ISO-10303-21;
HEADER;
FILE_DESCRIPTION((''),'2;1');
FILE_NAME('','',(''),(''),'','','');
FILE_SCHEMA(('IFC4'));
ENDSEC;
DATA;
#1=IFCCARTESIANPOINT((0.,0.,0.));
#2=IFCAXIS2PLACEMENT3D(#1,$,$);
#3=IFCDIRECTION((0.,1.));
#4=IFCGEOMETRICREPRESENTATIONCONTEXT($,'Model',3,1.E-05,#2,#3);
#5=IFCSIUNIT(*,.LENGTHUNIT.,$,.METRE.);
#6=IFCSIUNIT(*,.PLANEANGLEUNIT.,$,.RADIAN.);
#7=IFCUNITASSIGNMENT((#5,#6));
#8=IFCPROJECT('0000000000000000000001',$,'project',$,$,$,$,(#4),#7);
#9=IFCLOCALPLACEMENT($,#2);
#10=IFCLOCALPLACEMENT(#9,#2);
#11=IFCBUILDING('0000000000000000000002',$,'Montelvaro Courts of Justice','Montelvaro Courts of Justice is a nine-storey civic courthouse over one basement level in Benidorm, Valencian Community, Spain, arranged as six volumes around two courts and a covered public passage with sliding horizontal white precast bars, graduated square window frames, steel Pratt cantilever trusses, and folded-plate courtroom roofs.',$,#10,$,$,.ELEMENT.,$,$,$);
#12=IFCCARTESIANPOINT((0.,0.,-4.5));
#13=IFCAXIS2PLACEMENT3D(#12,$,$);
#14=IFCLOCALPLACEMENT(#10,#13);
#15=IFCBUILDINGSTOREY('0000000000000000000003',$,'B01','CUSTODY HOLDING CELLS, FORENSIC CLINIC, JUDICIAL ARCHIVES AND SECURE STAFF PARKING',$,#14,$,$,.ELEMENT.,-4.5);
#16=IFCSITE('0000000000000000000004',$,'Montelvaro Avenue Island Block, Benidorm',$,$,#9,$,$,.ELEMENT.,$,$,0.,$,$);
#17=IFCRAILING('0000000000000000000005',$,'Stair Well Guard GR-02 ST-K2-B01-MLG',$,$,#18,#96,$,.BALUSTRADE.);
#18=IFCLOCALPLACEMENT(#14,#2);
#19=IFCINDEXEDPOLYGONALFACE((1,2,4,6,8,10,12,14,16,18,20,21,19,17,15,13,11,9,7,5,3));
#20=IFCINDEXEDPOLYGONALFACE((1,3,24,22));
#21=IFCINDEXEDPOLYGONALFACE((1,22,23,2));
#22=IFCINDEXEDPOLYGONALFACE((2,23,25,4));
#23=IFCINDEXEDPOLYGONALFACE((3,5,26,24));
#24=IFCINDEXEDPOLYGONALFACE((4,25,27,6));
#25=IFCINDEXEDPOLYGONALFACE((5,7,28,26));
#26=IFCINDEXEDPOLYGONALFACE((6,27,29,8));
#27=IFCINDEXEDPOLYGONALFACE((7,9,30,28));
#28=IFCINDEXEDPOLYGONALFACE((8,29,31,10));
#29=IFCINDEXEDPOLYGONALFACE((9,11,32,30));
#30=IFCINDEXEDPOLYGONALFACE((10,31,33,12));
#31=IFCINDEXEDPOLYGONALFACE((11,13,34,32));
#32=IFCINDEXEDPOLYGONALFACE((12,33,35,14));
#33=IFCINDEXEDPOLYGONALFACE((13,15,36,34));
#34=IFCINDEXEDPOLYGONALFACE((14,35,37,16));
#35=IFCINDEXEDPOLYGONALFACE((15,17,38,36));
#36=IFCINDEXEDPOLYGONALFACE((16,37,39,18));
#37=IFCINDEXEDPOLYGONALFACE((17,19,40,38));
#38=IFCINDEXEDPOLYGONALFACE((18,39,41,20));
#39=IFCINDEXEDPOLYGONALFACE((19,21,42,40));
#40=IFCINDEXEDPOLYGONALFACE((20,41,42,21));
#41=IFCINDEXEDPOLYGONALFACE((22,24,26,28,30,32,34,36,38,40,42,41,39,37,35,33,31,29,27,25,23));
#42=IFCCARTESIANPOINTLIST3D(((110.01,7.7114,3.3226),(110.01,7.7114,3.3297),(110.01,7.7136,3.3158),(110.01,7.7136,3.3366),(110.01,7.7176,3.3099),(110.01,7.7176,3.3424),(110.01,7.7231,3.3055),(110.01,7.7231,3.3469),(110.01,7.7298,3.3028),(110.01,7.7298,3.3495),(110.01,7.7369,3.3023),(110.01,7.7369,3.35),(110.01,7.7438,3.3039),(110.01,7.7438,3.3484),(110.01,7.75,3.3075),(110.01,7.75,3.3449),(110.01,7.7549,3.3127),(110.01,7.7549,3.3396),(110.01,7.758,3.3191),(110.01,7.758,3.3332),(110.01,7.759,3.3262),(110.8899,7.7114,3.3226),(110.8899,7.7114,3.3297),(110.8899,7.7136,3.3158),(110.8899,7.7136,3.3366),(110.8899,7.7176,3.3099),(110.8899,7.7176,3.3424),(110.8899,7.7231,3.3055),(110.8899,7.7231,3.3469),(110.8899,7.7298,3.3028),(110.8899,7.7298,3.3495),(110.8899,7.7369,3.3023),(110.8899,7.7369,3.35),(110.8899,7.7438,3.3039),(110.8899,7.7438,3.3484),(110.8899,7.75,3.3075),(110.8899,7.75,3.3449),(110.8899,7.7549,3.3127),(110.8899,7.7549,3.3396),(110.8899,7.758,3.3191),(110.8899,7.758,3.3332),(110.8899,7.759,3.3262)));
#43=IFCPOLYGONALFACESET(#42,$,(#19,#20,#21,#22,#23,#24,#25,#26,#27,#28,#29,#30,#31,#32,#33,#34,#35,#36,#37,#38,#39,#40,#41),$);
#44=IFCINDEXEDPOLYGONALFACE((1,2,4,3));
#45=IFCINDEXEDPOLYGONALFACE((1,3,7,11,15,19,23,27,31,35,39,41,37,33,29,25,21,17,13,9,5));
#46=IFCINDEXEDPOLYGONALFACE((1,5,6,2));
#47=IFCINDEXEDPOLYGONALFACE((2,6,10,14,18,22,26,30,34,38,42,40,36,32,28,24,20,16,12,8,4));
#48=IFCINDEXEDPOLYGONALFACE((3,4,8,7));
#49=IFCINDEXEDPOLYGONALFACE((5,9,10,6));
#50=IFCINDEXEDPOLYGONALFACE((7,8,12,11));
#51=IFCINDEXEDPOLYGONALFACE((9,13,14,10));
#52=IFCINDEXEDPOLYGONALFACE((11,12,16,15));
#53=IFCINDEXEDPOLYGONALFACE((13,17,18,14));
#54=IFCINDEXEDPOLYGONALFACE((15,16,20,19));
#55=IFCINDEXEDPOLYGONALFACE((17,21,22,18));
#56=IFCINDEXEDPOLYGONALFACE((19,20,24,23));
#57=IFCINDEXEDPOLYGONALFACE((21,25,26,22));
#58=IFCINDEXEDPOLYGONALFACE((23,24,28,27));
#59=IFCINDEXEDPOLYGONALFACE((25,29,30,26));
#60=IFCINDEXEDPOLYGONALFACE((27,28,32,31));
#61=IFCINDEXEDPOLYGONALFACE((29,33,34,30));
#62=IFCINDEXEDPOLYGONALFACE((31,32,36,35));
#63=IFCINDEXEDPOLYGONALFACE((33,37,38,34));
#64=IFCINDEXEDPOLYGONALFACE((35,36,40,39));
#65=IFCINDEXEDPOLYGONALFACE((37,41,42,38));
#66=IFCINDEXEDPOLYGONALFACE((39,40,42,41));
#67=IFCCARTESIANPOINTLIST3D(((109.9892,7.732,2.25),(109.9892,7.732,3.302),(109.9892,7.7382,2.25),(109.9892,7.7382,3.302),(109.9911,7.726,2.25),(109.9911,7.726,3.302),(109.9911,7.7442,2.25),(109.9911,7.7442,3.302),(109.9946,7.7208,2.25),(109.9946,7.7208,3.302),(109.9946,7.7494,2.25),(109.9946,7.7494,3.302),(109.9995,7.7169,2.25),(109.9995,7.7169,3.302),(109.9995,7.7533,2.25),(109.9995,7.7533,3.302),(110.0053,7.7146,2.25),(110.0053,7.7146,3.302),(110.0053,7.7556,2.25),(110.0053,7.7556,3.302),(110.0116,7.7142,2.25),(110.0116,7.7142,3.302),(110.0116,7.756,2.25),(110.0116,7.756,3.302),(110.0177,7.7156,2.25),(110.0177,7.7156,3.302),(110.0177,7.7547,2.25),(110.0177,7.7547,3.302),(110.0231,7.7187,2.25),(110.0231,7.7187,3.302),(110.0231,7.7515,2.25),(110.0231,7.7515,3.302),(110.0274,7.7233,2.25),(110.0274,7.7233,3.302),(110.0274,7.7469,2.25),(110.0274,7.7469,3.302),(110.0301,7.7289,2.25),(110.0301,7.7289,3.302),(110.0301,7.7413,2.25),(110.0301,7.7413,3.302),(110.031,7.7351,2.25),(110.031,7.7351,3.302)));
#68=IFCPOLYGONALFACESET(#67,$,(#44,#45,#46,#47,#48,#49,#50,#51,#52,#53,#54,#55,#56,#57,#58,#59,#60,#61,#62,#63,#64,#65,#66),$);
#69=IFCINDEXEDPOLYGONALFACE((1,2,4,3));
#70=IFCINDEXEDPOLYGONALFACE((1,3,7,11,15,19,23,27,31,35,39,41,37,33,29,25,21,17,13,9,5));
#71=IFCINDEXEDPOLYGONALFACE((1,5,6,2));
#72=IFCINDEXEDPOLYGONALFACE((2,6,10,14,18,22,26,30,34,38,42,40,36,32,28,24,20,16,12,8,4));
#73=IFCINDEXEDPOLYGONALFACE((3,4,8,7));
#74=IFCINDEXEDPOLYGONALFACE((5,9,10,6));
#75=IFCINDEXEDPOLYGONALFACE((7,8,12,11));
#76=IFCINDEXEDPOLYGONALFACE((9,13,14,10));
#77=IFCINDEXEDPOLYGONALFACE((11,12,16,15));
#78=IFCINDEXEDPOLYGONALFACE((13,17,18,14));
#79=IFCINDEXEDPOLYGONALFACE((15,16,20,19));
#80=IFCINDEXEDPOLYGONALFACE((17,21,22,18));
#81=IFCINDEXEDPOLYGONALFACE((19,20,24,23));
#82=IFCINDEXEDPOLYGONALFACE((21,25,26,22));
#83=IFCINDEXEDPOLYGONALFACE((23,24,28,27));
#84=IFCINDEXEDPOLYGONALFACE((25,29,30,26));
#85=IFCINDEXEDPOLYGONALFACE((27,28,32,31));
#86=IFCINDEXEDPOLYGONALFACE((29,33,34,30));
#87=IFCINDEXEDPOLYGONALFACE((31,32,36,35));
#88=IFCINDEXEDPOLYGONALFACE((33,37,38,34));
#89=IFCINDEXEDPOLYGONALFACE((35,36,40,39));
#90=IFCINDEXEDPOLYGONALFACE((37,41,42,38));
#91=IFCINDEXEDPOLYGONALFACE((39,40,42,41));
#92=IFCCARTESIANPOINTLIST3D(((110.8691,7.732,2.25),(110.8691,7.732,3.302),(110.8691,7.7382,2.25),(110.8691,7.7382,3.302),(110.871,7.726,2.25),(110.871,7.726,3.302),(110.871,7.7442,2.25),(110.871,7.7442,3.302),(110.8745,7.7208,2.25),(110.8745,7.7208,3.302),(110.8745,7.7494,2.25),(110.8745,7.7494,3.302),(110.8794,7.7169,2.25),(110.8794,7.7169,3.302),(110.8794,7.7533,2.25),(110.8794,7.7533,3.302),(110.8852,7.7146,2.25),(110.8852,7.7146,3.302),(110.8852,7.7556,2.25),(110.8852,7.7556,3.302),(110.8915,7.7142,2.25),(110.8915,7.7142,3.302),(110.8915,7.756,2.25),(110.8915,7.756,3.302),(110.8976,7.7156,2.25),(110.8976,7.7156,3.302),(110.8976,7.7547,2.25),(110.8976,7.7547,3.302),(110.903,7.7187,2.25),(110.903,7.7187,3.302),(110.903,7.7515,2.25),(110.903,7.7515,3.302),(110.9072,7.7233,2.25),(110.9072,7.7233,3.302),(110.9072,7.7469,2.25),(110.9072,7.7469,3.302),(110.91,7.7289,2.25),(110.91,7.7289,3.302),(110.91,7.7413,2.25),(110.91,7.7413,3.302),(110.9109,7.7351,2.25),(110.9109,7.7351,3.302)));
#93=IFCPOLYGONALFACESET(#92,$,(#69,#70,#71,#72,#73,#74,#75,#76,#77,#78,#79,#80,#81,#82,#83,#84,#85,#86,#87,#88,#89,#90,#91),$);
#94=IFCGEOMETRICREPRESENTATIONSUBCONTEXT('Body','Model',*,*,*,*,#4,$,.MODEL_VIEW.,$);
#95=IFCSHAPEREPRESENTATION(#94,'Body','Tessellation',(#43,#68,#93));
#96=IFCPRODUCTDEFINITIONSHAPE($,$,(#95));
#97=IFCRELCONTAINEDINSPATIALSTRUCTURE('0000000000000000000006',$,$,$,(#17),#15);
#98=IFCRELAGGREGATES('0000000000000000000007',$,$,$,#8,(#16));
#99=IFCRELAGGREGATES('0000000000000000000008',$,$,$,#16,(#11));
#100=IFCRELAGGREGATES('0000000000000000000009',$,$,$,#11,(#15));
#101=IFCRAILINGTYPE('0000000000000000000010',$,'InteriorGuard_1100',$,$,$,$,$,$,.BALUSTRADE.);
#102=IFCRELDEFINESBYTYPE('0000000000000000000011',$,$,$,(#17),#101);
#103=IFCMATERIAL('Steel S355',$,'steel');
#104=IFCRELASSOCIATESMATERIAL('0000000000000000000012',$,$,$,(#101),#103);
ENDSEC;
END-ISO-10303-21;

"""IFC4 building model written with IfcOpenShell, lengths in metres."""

from ifc_helpers import new_model, si_unit, direction, frame, origin, origin_2d, place, context, subcontext, project, spatial, circle, extrude, material, type_object, element, save


model = new_model("IFC4")

# Units and contexts
model_context = context("Model", 3, precision=1e-05, world=origin(), true_north=direction((0.0, 1.0)))
body_context = subcontext(model_context, "Body", "Model", "MODEL_VIEW")
ifc_project = project(units=[si_unit("LENGTHUNIT", "METRE"), si_unit("PLANEANGLEUNIT", "RADIAN")], contexts=[model_context])

# Site, building, storey
site_placement = place(None, origin())
site = spatial("IfcSite", under=ifc_project, at=site_placement, Name="Montelvaro Avenue Island Block, Benidorm", CompositionType="ELEMENT", RefElevation=0.0)
building_placement = place(site_placement, origin())
building = spatial("IfcBuilding", under=site, at=building_placement, Name="Montelvaro Courts of Justice", Description="Montelvaro Courts of Justice is a nine-storey civic courthouse over one basement level in Benidorm, Valencian Community, Spain, arranged as six volumes around two courts and a covered public passage with sliding horizontal white precast bars, graduated square window frames, steel Pratt cantilever trusses, and folded-plate courtroom roofs.", CompositionType="ELEMENT")
storey_placement = place(building_placement, frame((0.0, 0.0, -4.5)))
storey = spatial("IfcBuildingStorey", under=building, at=storey_placement, Name="B01", Description="CUSTODY HOLDING CELLS, FORENSIC CLINIC, JUDICIAL ARCHIVES AND SECURE STAFF PARKING", CompositionType="ELEMENT", Elevation=-4.5)

# Shared definitions
ifc_material_1 = material(Name="Steel S355", Category="steel")

# Railing
railing_type_1 = type_object("IfcRailingType", Name="InteriorGuard_1100", PredefinedType="BALUSTRADE", material=ifc_material_1)
railing_1_placement = place(storey_placement, frame((110.01, 7.7351, 2.25)))
element("IfcRailing", 1, at=railing_1_placement, inside=storey, type_object=railing_type_1, Name="Stair Well Guard GR-02 ST-K2-B01-MLG", PredefinedType="BALUSTRADE", context=body_context, shape_type="SweptSolid", body=[
    extrude(circle(Radius=0.0239, at=origin_2d()), frame((0.0, 0.0, 1.0762), z_axis=(1.0, 0.0, 0.0), x_axis=(0.0, 1.0, 0.0)), (0.0, 0.0, 1.0), 0.8799),
    extrude(circle(Radius=0.021, at=origin_2d()), origin(), (0.0, 0.0, 1.0), 1.052),
    extrude(circle(Radius=0.021, at=origin_2d()), frame((0.8799, 0.0, 0.0)), (0.0, 0.0, 1.0), 1.052),
])

save(model, "model.ifc")
